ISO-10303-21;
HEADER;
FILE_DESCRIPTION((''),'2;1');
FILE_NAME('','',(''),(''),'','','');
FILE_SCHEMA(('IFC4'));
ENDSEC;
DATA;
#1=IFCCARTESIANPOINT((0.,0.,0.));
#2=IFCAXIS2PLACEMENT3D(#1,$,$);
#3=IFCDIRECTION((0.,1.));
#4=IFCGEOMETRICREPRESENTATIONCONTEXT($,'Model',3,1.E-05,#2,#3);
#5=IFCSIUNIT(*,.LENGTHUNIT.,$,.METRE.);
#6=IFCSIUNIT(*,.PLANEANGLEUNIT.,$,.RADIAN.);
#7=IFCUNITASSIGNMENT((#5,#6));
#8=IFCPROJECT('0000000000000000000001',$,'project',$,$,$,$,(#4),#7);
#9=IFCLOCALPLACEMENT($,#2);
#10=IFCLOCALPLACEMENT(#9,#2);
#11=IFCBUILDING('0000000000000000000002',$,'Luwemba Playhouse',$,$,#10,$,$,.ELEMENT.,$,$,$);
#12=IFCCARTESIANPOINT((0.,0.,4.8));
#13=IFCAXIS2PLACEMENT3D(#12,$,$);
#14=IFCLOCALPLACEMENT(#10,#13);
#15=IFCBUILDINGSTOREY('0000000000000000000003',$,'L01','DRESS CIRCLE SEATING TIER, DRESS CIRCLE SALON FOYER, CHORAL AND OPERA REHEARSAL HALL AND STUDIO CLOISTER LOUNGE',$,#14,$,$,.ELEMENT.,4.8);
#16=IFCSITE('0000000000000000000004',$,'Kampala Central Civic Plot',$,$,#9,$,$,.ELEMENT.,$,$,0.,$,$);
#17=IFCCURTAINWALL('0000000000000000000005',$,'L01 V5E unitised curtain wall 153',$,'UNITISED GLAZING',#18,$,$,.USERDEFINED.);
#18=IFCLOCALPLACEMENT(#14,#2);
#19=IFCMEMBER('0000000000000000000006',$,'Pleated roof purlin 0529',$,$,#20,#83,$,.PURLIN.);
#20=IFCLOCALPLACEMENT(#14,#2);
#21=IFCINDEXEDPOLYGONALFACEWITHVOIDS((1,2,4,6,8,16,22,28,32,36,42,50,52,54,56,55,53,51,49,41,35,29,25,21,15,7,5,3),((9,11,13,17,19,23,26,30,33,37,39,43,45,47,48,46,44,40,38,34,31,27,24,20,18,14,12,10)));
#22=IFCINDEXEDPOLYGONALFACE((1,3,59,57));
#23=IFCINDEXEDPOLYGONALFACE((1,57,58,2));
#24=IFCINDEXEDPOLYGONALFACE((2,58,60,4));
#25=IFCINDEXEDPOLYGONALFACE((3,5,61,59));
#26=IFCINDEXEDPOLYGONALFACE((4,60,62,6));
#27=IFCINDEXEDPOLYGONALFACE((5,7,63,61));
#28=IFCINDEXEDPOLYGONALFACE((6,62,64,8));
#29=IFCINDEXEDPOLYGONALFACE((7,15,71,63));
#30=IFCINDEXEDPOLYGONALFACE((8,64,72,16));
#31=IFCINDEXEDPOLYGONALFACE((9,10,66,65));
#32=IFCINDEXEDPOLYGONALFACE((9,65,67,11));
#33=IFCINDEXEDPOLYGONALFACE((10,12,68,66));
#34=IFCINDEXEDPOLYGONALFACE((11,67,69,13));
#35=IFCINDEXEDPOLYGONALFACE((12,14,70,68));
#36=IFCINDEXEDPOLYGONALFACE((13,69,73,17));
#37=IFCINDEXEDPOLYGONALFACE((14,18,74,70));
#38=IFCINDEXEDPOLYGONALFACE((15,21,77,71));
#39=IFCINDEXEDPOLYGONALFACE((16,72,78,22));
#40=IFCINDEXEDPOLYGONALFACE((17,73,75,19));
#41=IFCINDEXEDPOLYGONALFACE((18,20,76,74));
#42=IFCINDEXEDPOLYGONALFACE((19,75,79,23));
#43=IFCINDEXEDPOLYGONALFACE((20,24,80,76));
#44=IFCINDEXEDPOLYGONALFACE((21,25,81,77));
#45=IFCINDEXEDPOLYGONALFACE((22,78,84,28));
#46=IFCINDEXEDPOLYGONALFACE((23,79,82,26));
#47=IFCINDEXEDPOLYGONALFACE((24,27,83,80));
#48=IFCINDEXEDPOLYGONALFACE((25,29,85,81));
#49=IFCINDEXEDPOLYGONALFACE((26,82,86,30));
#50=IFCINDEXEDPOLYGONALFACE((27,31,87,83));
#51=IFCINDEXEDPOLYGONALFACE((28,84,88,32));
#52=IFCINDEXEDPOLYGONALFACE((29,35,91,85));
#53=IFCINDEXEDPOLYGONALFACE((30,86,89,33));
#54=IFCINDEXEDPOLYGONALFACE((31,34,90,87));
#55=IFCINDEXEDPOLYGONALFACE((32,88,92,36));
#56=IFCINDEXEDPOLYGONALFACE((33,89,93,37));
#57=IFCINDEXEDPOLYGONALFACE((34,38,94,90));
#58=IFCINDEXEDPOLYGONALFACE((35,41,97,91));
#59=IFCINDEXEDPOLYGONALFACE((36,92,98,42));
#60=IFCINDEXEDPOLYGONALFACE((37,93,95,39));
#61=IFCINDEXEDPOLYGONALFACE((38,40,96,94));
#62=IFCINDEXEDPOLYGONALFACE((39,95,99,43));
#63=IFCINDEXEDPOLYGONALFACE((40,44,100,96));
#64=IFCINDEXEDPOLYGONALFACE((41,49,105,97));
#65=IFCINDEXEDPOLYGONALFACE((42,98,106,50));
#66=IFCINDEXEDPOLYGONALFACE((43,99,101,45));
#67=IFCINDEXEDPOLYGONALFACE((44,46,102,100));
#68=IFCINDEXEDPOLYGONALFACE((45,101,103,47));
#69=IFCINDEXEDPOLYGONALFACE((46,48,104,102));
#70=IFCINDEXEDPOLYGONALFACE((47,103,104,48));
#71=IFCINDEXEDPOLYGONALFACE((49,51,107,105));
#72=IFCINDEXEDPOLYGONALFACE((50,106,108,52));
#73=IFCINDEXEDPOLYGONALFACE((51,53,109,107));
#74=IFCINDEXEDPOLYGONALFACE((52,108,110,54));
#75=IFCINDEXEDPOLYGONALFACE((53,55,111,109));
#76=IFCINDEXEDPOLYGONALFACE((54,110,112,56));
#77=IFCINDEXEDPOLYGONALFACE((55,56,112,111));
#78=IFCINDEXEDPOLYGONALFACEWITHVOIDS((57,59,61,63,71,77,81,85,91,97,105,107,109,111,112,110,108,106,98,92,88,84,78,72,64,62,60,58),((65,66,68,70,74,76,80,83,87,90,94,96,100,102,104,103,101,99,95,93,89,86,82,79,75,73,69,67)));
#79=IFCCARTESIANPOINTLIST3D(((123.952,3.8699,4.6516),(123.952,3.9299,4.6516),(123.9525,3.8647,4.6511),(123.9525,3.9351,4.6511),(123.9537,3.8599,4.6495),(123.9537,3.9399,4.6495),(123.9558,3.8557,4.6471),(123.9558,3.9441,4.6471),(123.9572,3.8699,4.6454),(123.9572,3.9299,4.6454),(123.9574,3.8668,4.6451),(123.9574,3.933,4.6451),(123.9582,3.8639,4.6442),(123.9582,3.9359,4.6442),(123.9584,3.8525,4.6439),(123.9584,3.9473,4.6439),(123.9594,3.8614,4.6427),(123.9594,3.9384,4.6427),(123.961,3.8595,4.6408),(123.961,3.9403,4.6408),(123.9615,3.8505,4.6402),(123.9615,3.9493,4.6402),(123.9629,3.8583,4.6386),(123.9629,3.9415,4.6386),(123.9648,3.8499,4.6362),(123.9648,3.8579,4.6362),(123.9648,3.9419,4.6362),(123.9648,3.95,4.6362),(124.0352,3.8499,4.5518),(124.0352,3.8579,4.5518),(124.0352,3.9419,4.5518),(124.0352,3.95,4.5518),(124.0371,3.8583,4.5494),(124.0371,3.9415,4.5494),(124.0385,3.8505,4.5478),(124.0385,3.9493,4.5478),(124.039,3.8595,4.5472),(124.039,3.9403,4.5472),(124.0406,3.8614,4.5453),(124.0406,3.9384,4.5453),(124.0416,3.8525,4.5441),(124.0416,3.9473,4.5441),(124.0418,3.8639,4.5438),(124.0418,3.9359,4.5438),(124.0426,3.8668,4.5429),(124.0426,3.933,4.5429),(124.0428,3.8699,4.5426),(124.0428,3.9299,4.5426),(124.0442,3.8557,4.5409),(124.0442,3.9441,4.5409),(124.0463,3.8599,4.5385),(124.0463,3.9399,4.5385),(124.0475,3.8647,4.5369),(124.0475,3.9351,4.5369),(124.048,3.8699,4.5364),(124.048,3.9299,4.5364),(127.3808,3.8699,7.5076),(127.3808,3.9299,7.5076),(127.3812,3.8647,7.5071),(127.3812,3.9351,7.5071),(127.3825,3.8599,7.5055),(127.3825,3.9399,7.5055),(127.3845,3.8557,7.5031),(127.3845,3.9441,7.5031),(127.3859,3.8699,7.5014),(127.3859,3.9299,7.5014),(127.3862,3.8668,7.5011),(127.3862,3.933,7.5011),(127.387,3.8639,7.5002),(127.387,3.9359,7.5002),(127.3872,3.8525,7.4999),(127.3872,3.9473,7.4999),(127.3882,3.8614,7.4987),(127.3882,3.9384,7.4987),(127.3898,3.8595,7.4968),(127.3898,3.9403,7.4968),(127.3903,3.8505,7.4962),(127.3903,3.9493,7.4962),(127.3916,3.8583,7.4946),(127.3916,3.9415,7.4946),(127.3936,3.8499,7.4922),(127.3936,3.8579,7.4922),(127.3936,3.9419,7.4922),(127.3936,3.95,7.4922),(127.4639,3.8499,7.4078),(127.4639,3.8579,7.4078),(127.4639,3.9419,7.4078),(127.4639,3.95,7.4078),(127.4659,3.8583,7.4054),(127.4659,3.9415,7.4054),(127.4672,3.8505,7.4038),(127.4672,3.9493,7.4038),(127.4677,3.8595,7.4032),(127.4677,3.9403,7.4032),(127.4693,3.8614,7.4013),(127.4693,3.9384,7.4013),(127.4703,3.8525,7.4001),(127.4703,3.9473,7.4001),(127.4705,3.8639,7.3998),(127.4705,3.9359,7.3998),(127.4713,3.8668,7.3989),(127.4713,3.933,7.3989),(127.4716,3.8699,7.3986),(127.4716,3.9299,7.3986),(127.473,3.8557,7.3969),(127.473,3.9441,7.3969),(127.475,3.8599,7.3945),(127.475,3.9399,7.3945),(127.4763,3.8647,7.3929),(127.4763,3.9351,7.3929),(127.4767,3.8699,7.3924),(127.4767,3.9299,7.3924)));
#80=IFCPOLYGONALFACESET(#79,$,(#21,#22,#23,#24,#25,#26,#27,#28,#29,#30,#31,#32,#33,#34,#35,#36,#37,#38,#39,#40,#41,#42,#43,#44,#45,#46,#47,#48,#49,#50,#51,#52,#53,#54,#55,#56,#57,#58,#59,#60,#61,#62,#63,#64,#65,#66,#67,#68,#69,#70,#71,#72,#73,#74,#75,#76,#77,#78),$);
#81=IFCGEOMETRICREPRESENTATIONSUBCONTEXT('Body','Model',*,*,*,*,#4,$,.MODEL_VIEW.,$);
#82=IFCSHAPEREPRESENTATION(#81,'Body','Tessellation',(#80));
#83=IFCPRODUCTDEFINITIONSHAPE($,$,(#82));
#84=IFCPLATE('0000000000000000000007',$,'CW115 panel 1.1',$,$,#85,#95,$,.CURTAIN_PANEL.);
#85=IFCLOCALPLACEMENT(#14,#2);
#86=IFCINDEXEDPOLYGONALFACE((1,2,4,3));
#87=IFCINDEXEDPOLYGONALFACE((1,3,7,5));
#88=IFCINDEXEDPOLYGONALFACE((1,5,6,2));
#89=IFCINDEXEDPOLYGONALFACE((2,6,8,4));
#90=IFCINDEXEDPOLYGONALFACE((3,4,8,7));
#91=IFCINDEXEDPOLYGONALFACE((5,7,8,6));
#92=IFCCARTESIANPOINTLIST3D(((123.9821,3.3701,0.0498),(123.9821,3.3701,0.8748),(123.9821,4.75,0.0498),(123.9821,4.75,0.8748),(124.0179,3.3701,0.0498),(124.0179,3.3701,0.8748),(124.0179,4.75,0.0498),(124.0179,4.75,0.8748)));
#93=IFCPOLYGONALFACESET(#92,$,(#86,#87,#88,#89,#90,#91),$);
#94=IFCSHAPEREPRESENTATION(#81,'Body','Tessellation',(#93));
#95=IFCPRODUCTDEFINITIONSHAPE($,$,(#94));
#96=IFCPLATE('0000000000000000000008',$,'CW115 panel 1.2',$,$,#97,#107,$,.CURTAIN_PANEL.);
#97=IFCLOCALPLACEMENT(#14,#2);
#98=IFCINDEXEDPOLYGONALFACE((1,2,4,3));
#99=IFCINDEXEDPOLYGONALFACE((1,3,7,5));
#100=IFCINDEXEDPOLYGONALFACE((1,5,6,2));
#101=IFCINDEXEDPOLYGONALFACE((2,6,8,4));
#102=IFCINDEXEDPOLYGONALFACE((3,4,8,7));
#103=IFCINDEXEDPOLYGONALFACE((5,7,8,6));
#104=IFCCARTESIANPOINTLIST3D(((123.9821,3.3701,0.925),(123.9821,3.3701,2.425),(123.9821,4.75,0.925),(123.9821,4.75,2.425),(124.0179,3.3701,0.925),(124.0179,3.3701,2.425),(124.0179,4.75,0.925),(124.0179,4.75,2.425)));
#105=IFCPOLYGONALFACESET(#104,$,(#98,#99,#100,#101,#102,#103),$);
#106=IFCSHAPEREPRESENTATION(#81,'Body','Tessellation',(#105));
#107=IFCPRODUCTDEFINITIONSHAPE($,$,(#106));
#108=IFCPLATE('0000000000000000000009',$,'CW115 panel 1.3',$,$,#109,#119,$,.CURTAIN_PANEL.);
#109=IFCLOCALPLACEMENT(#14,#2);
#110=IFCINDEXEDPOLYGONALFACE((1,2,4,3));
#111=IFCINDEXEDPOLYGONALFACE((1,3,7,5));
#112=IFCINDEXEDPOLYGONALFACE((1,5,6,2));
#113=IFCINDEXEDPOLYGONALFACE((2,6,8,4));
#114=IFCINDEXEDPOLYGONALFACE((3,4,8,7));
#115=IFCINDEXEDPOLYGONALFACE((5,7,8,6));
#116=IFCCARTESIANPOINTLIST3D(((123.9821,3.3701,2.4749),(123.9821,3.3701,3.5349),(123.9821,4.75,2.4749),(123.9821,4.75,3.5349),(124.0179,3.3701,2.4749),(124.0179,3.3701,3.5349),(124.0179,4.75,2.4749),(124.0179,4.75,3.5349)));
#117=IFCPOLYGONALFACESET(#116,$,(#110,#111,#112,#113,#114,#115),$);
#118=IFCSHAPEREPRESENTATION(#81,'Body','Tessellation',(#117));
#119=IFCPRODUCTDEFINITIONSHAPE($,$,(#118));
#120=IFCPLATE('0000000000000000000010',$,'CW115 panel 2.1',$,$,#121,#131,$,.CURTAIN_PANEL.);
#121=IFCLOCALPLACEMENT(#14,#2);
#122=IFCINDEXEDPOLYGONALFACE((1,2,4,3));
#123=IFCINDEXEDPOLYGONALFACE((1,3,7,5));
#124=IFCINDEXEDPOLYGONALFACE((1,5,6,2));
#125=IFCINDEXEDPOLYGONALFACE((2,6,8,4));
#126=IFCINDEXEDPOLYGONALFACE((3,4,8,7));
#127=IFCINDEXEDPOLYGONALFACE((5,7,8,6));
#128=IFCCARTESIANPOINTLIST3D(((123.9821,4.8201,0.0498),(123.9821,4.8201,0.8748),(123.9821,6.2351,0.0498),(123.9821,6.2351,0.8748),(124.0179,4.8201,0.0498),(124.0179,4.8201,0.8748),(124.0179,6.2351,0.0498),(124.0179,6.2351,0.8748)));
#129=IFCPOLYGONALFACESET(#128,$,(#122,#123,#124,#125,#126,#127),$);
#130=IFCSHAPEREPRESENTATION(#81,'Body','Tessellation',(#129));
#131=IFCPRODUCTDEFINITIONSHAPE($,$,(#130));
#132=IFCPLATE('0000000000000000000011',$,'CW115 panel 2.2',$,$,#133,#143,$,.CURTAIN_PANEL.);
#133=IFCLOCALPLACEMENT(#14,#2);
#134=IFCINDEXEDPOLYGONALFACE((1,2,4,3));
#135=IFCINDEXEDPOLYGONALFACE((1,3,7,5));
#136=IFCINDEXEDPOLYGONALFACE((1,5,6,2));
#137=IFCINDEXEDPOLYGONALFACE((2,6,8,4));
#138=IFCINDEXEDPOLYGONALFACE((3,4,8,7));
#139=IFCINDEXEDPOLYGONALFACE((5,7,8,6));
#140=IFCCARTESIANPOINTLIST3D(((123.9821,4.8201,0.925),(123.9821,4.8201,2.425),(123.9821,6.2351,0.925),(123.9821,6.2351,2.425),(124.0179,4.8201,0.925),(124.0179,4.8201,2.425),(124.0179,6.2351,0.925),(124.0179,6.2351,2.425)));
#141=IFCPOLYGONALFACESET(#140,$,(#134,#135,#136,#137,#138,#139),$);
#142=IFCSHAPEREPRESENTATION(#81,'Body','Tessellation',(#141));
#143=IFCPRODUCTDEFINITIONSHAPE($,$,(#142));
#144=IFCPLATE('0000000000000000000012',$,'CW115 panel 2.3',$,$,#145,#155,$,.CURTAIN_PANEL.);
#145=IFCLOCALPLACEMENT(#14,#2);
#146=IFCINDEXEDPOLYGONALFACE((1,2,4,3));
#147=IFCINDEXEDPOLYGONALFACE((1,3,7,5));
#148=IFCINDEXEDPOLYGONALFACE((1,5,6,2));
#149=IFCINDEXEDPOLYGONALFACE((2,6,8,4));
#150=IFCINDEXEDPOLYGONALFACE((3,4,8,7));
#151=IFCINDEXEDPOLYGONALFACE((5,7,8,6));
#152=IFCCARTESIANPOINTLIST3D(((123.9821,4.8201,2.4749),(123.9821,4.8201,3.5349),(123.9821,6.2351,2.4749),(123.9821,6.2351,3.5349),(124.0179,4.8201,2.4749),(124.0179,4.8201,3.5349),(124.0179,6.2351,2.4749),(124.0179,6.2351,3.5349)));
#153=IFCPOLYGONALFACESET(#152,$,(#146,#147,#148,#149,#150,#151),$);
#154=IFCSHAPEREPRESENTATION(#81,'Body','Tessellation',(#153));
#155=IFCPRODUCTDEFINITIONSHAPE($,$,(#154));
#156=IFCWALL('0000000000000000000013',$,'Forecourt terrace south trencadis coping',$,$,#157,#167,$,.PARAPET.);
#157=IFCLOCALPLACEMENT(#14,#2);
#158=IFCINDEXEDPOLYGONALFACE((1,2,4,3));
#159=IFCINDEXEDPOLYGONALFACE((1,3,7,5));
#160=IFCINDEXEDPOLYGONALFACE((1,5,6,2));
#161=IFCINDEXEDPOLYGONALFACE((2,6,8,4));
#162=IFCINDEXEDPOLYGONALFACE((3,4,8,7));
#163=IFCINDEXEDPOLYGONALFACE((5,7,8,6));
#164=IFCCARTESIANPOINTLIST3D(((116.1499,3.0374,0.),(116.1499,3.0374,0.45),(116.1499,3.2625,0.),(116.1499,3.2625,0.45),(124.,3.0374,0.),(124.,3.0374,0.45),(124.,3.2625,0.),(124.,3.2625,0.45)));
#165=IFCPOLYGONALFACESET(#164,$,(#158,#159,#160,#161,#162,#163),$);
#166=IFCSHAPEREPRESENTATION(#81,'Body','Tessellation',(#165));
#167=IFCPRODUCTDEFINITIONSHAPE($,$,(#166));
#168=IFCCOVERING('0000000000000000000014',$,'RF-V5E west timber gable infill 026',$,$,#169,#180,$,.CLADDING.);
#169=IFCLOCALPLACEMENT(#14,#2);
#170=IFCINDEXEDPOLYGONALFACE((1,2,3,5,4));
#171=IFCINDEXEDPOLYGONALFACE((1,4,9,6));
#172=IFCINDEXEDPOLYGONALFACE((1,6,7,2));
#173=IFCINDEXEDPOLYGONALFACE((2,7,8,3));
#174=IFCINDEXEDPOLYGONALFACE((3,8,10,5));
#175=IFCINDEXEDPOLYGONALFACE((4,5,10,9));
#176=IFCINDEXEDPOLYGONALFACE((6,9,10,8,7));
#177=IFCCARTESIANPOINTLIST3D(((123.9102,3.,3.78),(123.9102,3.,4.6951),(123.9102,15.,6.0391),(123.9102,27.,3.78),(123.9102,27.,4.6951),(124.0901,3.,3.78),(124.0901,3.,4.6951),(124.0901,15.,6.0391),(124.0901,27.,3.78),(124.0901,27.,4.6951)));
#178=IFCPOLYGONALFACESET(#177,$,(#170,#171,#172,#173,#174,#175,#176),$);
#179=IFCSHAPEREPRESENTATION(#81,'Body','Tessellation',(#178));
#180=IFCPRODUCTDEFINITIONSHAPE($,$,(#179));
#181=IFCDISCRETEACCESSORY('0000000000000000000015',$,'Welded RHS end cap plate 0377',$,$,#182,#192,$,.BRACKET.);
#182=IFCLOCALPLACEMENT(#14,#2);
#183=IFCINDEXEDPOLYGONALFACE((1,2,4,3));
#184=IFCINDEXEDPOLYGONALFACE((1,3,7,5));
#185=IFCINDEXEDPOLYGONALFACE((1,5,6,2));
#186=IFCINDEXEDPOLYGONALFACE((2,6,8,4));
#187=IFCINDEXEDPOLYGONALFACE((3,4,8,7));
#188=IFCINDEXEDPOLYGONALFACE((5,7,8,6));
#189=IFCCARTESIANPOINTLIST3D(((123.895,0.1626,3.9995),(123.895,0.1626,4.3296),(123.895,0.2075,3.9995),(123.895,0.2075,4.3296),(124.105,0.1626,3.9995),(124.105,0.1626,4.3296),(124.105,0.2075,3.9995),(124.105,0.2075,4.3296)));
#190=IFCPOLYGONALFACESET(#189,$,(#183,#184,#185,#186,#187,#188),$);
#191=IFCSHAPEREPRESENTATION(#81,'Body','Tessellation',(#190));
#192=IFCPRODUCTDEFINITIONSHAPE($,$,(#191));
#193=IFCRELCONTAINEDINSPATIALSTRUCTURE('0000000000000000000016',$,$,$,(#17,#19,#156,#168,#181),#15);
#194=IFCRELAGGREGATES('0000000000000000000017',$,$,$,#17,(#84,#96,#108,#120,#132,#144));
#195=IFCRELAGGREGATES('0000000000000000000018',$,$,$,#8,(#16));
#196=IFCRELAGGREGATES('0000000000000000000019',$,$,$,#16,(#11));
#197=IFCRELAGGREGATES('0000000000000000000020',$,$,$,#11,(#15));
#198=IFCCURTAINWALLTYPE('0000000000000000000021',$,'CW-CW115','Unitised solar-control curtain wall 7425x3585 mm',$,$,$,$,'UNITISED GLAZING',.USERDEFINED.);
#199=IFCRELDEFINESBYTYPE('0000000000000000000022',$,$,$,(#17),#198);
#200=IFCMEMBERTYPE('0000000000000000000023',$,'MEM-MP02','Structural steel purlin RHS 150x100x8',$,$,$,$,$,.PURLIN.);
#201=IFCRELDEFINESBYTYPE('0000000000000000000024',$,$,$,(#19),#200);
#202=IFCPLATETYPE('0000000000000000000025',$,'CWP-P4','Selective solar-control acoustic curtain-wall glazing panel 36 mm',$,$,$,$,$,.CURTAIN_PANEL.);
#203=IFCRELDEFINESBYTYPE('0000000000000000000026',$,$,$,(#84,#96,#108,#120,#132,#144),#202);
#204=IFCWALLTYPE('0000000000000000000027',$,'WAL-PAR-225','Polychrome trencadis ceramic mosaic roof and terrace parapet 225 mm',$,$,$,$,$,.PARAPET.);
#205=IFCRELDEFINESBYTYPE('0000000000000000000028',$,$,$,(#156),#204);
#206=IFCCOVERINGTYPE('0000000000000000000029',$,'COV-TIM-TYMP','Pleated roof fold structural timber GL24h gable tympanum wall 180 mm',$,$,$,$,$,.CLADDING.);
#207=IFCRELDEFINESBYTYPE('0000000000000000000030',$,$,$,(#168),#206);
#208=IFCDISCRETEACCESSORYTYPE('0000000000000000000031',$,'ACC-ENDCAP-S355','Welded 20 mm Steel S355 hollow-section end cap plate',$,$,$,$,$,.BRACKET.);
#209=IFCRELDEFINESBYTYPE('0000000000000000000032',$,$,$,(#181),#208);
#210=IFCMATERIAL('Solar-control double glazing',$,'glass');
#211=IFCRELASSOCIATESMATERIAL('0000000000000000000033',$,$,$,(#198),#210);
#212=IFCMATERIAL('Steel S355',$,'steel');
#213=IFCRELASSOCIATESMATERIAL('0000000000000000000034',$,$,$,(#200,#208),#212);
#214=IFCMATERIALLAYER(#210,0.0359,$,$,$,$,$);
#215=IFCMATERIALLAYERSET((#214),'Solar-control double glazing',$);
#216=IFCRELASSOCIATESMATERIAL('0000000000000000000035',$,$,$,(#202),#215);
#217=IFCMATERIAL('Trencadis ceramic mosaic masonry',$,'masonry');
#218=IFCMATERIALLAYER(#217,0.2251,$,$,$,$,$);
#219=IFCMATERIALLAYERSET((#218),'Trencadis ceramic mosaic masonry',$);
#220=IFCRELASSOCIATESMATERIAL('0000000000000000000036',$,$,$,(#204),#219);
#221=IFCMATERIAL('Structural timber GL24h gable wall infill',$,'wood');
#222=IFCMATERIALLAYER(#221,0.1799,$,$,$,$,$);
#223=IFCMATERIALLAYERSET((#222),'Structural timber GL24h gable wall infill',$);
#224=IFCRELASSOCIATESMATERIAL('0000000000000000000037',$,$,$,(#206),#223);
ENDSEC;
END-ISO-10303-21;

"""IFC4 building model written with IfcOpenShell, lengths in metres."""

from ifc_helpers import new_model, si_unit, direction, frame, frame_2d, origin, origin_2d, place, context, subcontext, project, spatial, polyline, rectangle, hollow_rectangle, outline, extrude, material, layer, layer_set, material_profile, profile_set, type_object, element, aggregate, save


model = new_model("IFC4")

# Units and contexts
model_context = context("Model", 3, precision=1e-05, world=origin(), true_north=direction((0.0, 1.0)))
body_context = subcontext(model_context, "Body", "Model", "MODEL_VIEW")
ifc_project = project(units=[si_unit("LENGTHUNIT", "METRE"), si_unit("PLANEANGLEUNIT", "RADIAN")], contexts=[model_context])

# Site, building, storey
site_placement = place(None, origin())
site = spatial("IfcSite", under=ifc_project, at=site_placement, Name="Kampala Central Civic Plot", CompositionType="ELEMENT", RefElevation=0.0)
building_placement = place(site_placement, origin())
building = spatial("IfcBuilding", under=site, at=building_placement, Name="Luwemba Playhouse", CompositionType="ELEMENT")
storey_placement = place(building_placement, frame((0.0, 0.0, 4.8)))
storey = spatial("IfcBuildingStorey", under=building, at=storey_placement, Name="L01", Description="DRESS CIRCLE SEATING TIER, DRESS CIRCLE SALON FOYER, CHORAL AND OPERA REHEARSAL HALL AND STUDIO CLOISTER LOUNGE", CompositionType="ELEMENT", Elevation=4.8)

# Shared definitions
ifc_material_1 = material(Name="Steel S355", Category="steel")

# Curtain wall
ifc_material_2 = material(Name="Solar-control double glazing", Category="glass")
curtain_wall_type = type_object("IfcCurtainWallType", Name="CW-CW115", Description="Unitised solar-control curtain wall 7425x3585 mm", ElementType="UNITISED GLAZING", PredefinedType="USERDEFINED", material=ifc_material_2)
curtain_wall_placement = place(storey_placement, origin())
curtain_wall = element("IfcCurtainWall", 1, at=curtain_wall_placement, inside=storey, type_object=curtain_wall_type, Name="L01 V5E unitised curtain wall 153", ObjectType="UNITISED GLAZING", PredefinedType="USERDEFINED")

# Member
ifc_material_profile_1 = material_profile(ifc_material_1, hollow_rectangle(XDim=0.1001, YDim=0.1499, WallThickness=0.0081, InnerFilletRadius=0.012, OuterFilletRadius=0.02, at=origin_2d()))
ifc_profile_set_1 = profile_set([ifc_material_profile_1], Name="Steel S355")
member_type_1 = type_object("IfcMemberType", Name="MEM-MP02", Description="Structural steel purlin RHS 150x100x8", PredefinedType="PURLIN", material=ifc_profile_set_1)
member_1_placement = place(storey_placement, frame((124.0, 3.8999, 4.594), z_axis=(0.768365, 0.0, 0.640012), x_axis=(0.0, 1.0, 0.0)))
element("IfcMember", 2, at=member_1_placement, inside=storey, type_object=member_type_1, Name="Pleated roof purlin 0529", PredefinedType="PURLIN", context=body_context, shape_type="SweptSolid", body=[
    extrude(hollow_rectangle(XDim=0.1001, YDim=0.1499, WallThickness=0.0081, InnerFilletRadius=0.012, OuterFilletRadius=0.02, at=origin_2d()), origin(), (0.0, 0.0, 1.0), 4.4624),
])

# Plates
ifc_layer_1 = layer(ifc_material_2, 0.0359)
ifc_layer_set_1 = layer_set([ifc_layer_1], Name="Solar-control double glazing")
plate_type = type_object("IfcPlateType", Name="CWP-P4", Description="Selective solar-control acoustic curtain-wall glazing panel 36 mm", PredefinedType="CURTAIN_PANEL", material=ifc_layer_set_1)
plate_1_placement = place(storey_placement, frame((124.0, 4.0601, 0.0498), z_axis=(0.0, 0.0, 1.0), x_axis=(0.0, 1.0, 0.0)))
plate_1 = element("IfcPlate", 3, at=plate_1_placement, type_object=plate_type, Name="CW115 panel 1.1", PredefinedType="CURTAIN_PANEL", context=body_context, shape_type="SweptSolid", body=[
    extrude(rectangle(XDim=1.3799, YDim=0.0359, at=origin_2d()), origin(), (0.0, 0.0, 1.0), 0.825),
])
plate_2_placement = place(storey_placement, frame((124.0, 4.0601, 0.925), z_axis=(0.0, 0.0, 1.0), x_axis=(0.0, 1.0, 0.0)))
plate_2 = element("IfcPlate", 4, at=plate_2_placement, type_object=plate_type, Name="CW115 panel 1.2", PredefinedType="CURTAIN_PANEL", context=body_context, shape_type="SweptSolid", body=[
    extrude(rectangle(XDim=1.3799, YDim=0.0359, at=origin_2d()), origin(), (0.0, 0.0, 1.0), 1.5),
])
plate_3_placement = place(storey_placement, frame((124.0, 4.0601, 2.4749), z_axis=(0.0, 0.0, 1.0), x_axis=(0.0, 1.0, 0.0)))
plate_3 = element("IfcPlate", 5, at=plate_3_placement, type_object=plate_type, Name="CW115 panel 1.3", PredefinedType="CURTAIN_PANEL", context=body_context, shape_type="SweptSolid", body=[
    extrude(rectangle(XDim=1.3799, YDim=0.0359, at=origin_2d()), origin(), (0.0, 0.0, 1.0), 1.0601),
])
plate_4_placement = place(storey_placement, frame((124.0, 5.5276, 0.0498), z_axis=(0.0, 0.0, 1.0), x_axis=(0.0, 1.0, 0.0)))
plate_4 = element("IfcPlate", 6, at=plate_4_placement, type_object=plate_type, Name="CW115 panel 2.1", PredefinedType="CURTAIN_PANEL", context=body_context, shape_type="SweptSolid", body=[
    extrude(rectangle(XDim=1.415, YDim=0.0359, at=origin_2d()), origin(), (0.0, 0.0, 1.0), 0.825),
])
plate_5_placement = place(storey_placement, frame((124.0, 5.5276, 0.925), z_axis=(0.0, 0.0, 1.0), x_axis=(0.0, 1.0, 0.0)))
plate_5 = element("IfcPlate", 7, at=plate_5_placement, type_object=plate_type, Name="CW115 panel 2.2", PredefinedType="CURTAIN_PANEL", context=body_context, shape_type="SweptSolid", body=[
    extrude(rectangle(XDim=1.415, YDim=0.0359, at=origin_2d()), origin(), (0.0, 0.0, 1.0), 1.5),
])
plate_6_placement = place(storey_placement, frame((124.0, 5.5276, 2.4749), z_axis=(0.0, 0.0, 1.0), x_axis=(0.0, 1.0, 0.0)))
plate_6 = element("IfcPlate", 8, at=plate_6_placement, type_object=plate_type, Name="CW115 panel 2.3", PredefinedType="CURTAIN_PANEL", context=body_context, shape_type="SweptSolid", body=[
    extrude(rectangle(XDim=1.415, YDim=0.0359, at=origin_2d()), origin(), (0.0, 0.0, 1.0), 1.0601),
])
aggregate(curtain_wall, [plate_1, plate_2, plate_3, plate_4, plate_5, plate_6])

# Wall
ifc_material_3 = material(Name="Trencadis ceramic mosaic masonry", Category="masonry")
ifc_layer_2 = layer(ifc_material_3, 0.2251)
ifc_layer_set_2 = layer_set([ifc_layer_2], Name="Trencadis ceramic mosaic masonry")
wall_type = type_object("IfcWallType", Name="WAL-PAR-225", Description="Polychrome trencadis ceramic mosaic roof and terrace parapet 225 mm", PredefinedType="PARAPET", material=ifc_layer_set_2)
wall_placement = place(storey_placement, frame((116.1499, 3.1499, 0.0), z_axis=(0.0, 0.0, 1.0), x_axis=(1.0, 0.0, 0.0)))
element("IfcWall", 9, at=wall_placement, inside=storey, type_object=wall_type, Name="Forecourt terrace south trencadis coping", PredefinedType="PARAPET", context=body_context, shape_type="SweptSolid", body=[
    extrude(rectangle(XDim=7.8501, YDim=0.2251, at=frame_2d((3.925, 0.0))), origin(), (0.0, 0.0, 1.0), 0.45),
])

# Covering
ifc_material_4 = material(Name="Structural timber GL24h gable wall infill", Category="wood")
ifc_layer_3 = layer(ifc_material_4, 0.1799)
ifc_layer_set_3 = layer_set([ifc_layer_3], Name="Structural timber GL24h gable wall infill")
covering_type = type_object("IfcCoveringType", Name="COV-TIM-TYMP", Description="Pleated roof fold structural timber GL24h gable tympanum wall 180 mm", PredefinedType="CLADDING", material=ifc_layer_set_3)
covering_placement = place(storey_placement, frame((124.0, 3.0, 3.78), z_axis=(0.0, 0.0, 1.0), x_axis=(0.0, 1.0, 0.0)))
element("IfcCovering", 10, at=covering_placement, inside=storey, type_object=covering_type, Name="RF-V5E west timber gable infill 026", PredefinedType="CLADDING", context=body_context, shape_type="SweptSolid", body=[
    extrude(outline(polyline([(0.0, 0.0), (24.0, 0.0), (24.0, 0.915), (12.0, 2.259), (0.0, 0.915), (0.0, 0.0)])), frame((0.0, 0.0898, 0.0), z_axis=(0.0, -1.0, 0.0), x_axis=(1.0, 0.0, 0.0)), (0.0, 0.0, 1.0), 0.1799),
])

# Discrete accessory
discrete_accessory_type = type_object("IfcDiscreteAccessoryType", Name="ACC-ENDCAP-S355", Description="Welded 20 mm Steel S355 hollow-section end cap plate", PredefinedType="BRACKET", material=ifc_material_1)
discrete_accessory_placement = place(storey_placement, frame((124.0, 0.1851, 3.9995), z_axis=(0.0, 0.0, 1.0), x_axis=(1.0, 0.0, 0.0)))
element("IfcDiscreteAccessory", 11, at=discrete_accessory_placement, inside=storey, type_object=discrete_accessory_type, Name="Welded RHS end cap plate 0377", PredefinedType="BRACKET", context=body_context, shape_type="SweptSolid", body=[
    extrude(rectangle(XDim=0.21, YDim=0.0449, at=origin_2d()), origin(), (0.0, 0.0, 1.0), 0.3301),
])

save(model, "model.ifc")
